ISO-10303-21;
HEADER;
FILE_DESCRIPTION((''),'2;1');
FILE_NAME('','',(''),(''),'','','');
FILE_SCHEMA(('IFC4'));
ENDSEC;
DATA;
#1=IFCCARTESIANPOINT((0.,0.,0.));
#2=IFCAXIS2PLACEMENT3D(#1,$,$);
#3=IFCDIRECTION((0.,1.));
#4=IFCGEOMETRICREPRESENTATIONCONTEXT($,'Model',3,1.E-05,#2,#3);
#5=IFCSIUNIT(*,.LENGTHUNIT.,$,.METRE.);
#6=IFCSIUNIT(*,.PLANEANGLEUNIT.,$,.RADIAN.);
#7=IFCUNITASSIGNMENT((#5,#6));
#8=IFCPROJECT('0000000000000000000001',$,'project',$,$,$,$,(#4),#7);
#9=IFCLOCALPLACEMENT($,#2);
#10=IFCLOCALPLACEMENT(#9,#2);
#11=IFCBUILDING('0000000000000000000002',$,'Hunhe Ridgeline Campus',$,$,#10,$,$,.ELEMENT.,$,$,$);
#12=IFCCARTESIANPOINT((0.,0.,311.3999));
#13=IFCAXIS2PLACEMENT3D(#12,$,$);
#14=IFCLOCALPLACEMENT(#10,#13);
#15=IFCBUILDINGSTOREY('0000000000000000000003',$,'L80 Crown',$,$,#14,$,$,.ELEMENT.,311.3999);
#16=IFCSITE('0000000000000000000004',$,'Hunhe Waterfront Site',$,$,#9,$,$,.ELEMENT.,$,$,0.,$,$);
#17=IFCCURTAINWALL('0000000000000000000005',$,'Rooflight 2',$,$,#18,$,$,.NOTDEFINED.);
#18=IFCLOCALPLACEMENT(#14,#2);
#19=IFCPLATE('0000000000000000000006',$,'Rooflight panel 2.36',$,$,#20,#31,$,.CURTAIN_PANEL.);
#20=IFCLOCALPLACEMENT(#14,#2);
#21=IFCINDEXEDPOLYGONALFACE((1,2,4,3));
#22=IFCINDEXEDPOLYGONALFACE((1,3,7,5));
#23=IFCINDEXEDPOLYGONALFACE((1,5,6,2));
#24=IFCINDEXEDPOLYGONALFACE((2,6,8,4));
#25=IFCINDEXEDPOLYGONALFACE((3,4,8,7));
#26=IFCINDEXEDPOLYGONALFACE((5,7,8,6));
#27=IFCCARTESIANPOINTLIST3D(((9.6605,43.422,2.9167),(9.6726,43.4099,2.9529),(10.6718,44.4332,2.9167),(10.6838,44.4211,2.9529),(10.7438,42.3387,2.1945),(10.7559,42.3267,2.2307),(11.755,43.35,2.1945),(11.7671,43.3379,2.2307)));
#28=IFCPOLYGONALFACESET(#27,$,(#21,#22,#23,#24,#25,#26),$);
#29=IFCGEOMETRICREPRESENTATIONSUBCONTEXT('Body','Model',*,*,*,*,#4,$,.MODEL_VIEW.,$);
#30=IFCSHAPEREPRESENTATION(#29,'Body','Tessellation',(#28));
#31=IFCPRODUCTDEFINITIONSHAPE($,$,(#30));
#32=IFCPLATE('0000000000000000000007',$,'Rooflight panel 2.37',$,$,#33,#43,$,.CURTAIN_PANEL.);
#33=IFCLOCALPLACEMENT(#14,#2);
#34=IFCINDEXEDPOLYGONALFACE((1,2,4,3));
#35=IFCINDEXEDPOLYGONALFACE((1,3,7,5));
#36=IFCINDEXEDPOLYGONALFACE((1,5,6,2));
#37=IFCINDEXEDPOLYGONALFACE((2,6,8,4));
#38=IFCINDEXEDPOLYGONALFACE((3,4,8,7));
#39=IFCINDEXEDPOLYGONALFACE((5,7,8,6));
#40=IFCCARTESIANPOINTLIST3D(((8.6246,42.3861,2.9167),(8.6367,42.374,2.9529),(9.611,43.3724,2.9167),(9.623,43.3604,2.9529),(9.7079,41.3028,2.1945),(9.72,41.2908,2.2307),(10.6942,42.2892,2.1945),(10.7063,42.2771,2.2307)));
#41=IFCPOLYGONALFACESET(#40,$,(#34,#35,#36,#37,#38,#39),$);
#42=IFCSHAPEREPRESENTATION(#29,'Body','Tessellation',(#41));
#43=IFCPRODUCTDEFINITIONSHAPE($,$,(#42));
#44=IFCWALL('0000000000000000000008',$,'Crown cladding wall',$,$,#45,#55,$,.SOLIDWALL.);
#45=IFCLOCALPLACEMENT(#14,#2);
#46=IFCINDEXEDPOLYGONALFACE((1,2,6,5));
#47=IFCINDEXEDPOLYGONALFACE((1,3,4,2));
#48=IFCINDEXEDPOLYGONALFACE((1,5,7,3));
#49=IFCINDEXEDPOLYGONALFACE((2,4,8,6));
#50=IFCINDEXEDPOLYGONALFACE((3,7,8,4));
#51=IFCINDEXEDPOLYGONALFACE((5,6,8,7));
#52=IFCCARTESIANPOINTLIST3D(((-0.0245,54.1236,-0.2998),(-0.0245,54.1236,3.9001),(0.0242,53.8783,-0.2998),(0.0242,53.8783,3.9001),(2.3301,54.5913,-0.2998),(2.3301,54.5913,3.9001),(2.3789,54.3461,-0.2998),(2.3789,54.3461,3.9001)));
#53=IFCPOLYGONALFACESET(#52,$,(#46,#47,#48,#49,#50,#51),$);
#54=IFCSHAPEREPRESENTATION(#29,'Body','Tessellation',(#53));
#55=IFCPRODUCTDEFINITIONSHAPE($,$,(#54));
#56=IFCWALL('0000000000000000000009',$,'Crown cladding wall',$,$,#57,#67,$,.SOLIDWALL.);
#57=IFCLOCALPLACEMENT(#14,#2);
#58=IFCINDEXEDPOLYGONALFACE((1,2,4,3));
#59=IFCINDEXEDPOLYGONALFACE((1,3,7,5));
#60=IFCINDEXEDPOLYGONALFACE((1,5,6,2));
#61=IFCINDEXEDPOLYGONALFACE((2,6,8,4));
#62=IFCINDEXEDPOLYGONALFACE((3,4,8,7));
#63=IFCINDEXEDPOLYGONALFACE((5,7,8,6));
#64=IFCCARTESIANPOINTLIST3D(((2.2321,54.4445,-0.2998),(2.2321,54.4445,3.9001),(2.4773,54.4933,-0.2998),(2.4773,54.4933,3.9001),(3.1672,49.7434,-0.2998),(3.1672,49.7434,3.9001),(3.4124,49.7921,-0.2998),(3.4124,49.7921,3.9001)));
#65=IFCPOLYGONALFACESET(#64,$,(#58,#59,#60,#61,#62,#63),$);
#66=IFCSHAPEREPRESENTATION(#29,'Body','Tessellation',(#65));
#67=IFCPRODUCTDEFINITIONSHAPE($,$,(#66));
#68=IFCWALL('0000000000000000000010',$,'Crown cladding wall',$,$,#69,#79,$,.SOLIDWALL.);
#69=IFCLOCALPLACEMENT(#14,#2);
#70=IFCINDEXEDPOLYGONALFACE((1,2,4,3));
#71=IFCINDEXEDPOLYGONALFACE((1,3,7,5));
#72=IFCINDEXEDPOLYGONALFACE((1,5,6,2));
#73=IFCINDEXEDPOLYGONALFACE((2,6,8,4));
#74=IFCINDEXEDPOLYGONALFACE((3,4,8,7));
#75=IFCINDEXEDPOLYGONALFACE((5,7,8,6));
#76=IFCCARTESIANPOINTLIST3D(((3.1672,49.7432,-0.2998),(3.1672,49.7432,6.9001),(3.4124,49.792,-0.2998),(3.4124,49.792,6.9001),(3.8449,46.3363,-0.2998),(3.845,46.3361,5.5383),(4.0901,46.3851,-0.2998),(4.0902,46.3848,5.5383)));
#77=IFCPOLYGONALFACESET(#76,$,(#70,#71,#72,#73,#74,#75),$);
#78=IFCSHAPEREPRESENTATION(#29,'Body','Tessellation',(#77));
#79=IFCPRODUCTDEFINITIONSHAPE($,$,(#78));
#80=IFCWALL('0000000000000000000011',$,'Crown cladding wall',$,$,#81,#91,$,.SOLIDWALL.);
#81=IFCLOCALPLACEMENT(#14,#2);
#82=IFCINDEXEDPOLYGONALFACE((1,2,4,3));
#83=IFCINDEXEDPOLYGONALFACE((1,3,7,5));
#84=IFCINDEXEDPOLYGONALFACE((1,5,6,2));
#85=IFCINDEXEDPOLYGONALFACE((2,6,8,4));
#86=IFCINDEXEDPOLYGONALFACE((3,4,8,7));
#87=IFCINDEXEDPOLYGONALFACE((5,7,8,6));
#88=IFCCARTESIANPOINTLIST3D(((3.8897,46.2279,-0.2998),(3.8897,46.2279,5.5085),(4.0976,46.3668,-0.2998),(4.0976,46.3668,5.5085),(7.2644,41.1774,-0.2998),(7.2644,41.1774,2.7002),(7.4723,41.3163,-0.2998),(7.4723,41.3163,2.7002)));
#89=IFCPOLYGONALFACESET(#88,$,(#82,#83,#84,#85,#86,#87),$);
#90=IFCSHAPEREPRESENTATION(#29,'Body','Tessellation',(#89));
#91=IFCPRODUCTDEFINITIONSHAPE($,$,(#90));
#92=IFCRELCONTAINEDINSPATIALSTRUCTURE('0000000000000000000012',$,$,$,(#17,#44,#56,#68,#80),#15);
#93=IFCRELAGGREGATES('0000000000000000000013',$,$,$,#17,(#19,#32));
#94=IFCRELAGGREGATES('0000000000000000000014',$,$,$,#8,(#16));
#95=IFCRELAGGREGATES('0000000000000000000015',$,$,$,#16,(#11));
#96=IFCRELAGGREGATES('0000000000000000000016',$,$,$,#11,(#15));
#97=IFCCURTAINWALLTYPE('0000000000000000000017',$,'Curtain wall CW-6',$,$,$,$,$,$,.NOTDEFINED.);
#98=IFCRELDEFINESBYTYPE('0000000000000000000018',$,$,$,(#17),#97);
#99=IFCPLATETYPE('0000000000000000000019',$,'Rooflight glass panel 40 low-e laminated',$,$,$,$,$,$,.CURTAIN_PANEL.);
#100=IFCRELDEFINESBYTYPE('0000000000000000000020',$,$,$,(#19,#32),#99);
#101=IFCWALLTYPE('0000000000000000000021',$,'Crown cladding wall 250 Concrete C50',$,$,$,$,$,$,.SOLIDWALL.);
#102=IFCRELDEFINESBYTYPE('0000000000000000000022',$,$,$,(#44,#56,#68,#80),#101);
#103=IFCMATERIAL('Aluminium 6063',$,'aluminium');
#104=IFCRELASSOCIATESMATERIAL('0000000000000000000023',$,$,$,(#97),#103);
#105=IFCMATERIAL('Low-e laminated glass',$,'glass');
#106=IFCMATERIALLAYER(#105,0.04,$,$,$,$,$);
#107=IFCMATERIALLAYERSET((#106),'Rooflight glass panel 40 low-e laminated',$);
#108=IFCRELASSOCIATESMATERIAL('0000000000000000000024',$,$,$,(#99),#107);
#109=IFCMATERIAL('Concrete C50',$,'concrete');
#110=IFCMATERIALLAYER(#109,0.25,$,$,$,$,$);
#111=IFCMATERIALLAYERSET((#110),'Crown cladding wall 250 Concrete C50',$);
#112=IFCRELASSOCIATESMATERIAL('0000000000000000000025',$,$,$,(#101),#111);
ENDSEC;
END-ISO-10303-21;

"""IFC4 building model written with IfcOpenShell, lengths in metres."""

from ifc_helpers import new_model, si_unit, direction, frame, frame_2d, origin, place, context, subcontext, project, spatial, polyline, rectangle, outline, extrude, material, layer, layer_set, type_object, element, aggregate, save


model = new_model("IFC4")

# Units and contexts
model_context = context("Model", 3, precision=1e-05, world=origin(), true_north=direction((0.0, 1.0)))
body_context = subcontext(model_context, "Body", "Model", "MODEL_VIEW")
ifc_project = project(units=[si_unit("LENGTHUNIT", "METRE"), si_unit("PLANEANGLEUNIT", "RADIAN")], contexts=[model_context])

# Site, building, storey
site_placement = place(None, origin())
site = spatial("IfcSite", under=ifc_project, at=site_placement, Name="Hunhe Waterfront Site", CompositionType="ELEMENT", RefElevation=0.0)
building_placement = place(site_placement, origin())
building = spatial("IfcBuilding", under=site, at=building_placement, Name="Hunhe Ridgeline Campus", CompositionType="ELEMENT")
storey_placement = place(building_placement, frame((0.0, 0.0, 311.3999)))
storey = spatial("IfcBuildingStorey", under=building, at=storey_placement, Name="L80 Crown", CompositionType="ELEMENT", Elevation=311.3999)

# Curtain wall, plates
ifc_material_1 = material(Name="Aluminium 6063", Category="aluminium")
curtain_wall_type = type_object("IfcCurtainWallType", Name="Curtain wall CW-6", PredefinedType="NOTDEFINED", material=ifc_material_1)
curtain_wall_placement = place(storey_placement, origin())
curtain_wall = element("IfcCurtainWall", 1, at=curtain_wall_placement, inside=storey, type_object=curtain_wall_type, Name="Rooflight 2", PredefinedType="NOTDEFINED")
ifc_material_2 = material(Name="Low-e laminated glass", Category="glass")
ifc_layer_1 = layer(ifc_material_2, 0.04)
ifc_layer_set_1 = layer_set([ifc_layer_1], Name="Rooflight glass panel 40 low-e laminated")
plate_type = type_object("IfcPlateType", Name="Rooflight glass panel 40 low-e laminated", PredefinedType="CURTAIN_PANEL", material=ifc_layer_set_1)
plate_1_placement = place(storey_placement, frame((11.7671, 43.3379, 2.2307), z_axis=(0.301511, -0.301511, 0.904534), x_axis=(-0.639602, 0.639602, 0.426401)))
plate_1 = element("IfcPlate", 2, at=plate_1_placement, type_object=plate_type, Name="Rooflight panel 2.36", PredefinedType="CURTAIN_PANEL", context=body_context, shape_type="SweptSolid", body=[
    extrude(outline(polyline([(0.0, 0.0), (1.6936, 0.0), (1.6936, 1.4301), (0.0, 1.4301), (0.0, 0.0)])), origin(), (0.0, 0.0, -1.0), 0.04),
])
plate_2_placement = place(storey_placement, frame((10.7063, 42.2771, 2.2307), z_axis=(0.301511, -0.301511, 0.904534), x_axis=(-0.639602, 0.639602, 0.426401)))
plate_2 = element("IfcPlate", 3, at=plate_2_placement, type_object=plate_type, Name="Rooflight panel 2.37", PredefinedType="CURTAIN_PANEL", context=body_context, shape_type="SweptSolid", body=[
    extrude(outline(polyline([(0.0, 0.0), (1.6936, 0.0), (1.6936, 1.3949), (0.0, 1.3949), (0.0, 0.0)])), origin(), (0.0, 0.0, -1.0), 0.04),
])
aggregate(curtain_wall, [plate_1, plate_2])

# Walls
ifc_material_3 = material(Name="Concrete C50", Category="concrete")
ifc_layer_2 = layer(ifc_material_3, 0.25)
ifc_layer_set_2 = layer_set([ifc_layer_2], Name="Crown cladding wall 250 Concrete C50")
wall_type = type_object("IfcWallType", Name="Crown cladding wall 250 Concrete C50", PredefinedType="SOLIDWALL", material=ifc_layer_set_2)
wall_1_placement = place(storey_placement, frame((0.0, 54.001, -0.2998), z_axis=(0.0, 0.0, 1.0), x_axis=(0.980834, 0.194845, 0.0)))
element("IfcWall", 4, at=wall_1_placement, inside=storey, type_object=wall_type, Name="Crown cladding wall", PredefinedType="SOLIDWALL", context=body_context, shape_type="SweptSolid", body=[
    extrude(rectangle(XDim=2.4006, YDim=0.25, at=frame_2d((1.2002, 0.0))), origin(), (0.0, 0.0, 1.0), 4.2),
])
wall_2_placement = place(storey_placement, frame((2.3547, 54.4688, -0.2998), z_axis=(0.0, 0.0, 1.0), x_axis=(0.195078, -0.980788, 0.0)))
element("IfcWall", 5, at=wall_2_placement, inside=storey, type_object=wall_type, Name="Crown cladding wall", PredefinedType="SOLIDWALL", context=body_context, shape_type="SweptSolid", body=[
    extrude(rectangle(XDim=4.7932, YDim=0.25, at=frame_2d((2.3965, 0.0))), origin(), (0.0, 0.0, 1.0), 4.2),
])
wall_3_placement = place(storey_placement, frame((3.2898, 49.7676, -0.2998), z_axis=(0.0, 0.0, 1.0), x_axis=(0.195102, -0.980783, 0.0)))
element("IfcWall", 6, at=wall_3_placement, inside=storey, type_object=wall_type, Name="Crown cladding wall", PredefinedType="SOLIDWALL", context=body_context, shape_type="SweptSolid", body=[
    extrude(outline(polyline([(0.0, 0.0), (3.4736, 0.0), (3.4739, 5.8381), (0.0, 7.2), (0.0, 0.0)])), frame((0.0, 0.125, 0.0), z_axis=(0.0, -1.0, 0.0), x_axis=(1.0, 0.0, 0.0)), (0.0, 0.0, 1.0), 0.25),
])
wall_4_placement = place(storey_placement, frame((3.9937, 46.2974, -0.2998), z_axis=(0.0, 0.0, 1.0), x_axis=(0.555581, -0.831462, 0.0)))
element("IfcWall", 7, at=wall_4_placement, inside=storey, type_object=wall_type, Name="Crown cladding wall", PredefinedType="SOLIDWALL", context=body_context, shape_type="SweptSolid", body=[
    extrude(outline(polyline([(0.0, 0.0), (6.0742, 0.0), (6.0742, 3.0), (0.0, 5.8083), (0.0, 0.0)])), frame((0.0, 0.125, 0.0), z_axis=(0.0, -1.0, 0.0), x_axis=(1.0, 0.0, 0.0)), (0.0, 0.0, 1.0), 0.25),
])

save(model, "model.ifc")
